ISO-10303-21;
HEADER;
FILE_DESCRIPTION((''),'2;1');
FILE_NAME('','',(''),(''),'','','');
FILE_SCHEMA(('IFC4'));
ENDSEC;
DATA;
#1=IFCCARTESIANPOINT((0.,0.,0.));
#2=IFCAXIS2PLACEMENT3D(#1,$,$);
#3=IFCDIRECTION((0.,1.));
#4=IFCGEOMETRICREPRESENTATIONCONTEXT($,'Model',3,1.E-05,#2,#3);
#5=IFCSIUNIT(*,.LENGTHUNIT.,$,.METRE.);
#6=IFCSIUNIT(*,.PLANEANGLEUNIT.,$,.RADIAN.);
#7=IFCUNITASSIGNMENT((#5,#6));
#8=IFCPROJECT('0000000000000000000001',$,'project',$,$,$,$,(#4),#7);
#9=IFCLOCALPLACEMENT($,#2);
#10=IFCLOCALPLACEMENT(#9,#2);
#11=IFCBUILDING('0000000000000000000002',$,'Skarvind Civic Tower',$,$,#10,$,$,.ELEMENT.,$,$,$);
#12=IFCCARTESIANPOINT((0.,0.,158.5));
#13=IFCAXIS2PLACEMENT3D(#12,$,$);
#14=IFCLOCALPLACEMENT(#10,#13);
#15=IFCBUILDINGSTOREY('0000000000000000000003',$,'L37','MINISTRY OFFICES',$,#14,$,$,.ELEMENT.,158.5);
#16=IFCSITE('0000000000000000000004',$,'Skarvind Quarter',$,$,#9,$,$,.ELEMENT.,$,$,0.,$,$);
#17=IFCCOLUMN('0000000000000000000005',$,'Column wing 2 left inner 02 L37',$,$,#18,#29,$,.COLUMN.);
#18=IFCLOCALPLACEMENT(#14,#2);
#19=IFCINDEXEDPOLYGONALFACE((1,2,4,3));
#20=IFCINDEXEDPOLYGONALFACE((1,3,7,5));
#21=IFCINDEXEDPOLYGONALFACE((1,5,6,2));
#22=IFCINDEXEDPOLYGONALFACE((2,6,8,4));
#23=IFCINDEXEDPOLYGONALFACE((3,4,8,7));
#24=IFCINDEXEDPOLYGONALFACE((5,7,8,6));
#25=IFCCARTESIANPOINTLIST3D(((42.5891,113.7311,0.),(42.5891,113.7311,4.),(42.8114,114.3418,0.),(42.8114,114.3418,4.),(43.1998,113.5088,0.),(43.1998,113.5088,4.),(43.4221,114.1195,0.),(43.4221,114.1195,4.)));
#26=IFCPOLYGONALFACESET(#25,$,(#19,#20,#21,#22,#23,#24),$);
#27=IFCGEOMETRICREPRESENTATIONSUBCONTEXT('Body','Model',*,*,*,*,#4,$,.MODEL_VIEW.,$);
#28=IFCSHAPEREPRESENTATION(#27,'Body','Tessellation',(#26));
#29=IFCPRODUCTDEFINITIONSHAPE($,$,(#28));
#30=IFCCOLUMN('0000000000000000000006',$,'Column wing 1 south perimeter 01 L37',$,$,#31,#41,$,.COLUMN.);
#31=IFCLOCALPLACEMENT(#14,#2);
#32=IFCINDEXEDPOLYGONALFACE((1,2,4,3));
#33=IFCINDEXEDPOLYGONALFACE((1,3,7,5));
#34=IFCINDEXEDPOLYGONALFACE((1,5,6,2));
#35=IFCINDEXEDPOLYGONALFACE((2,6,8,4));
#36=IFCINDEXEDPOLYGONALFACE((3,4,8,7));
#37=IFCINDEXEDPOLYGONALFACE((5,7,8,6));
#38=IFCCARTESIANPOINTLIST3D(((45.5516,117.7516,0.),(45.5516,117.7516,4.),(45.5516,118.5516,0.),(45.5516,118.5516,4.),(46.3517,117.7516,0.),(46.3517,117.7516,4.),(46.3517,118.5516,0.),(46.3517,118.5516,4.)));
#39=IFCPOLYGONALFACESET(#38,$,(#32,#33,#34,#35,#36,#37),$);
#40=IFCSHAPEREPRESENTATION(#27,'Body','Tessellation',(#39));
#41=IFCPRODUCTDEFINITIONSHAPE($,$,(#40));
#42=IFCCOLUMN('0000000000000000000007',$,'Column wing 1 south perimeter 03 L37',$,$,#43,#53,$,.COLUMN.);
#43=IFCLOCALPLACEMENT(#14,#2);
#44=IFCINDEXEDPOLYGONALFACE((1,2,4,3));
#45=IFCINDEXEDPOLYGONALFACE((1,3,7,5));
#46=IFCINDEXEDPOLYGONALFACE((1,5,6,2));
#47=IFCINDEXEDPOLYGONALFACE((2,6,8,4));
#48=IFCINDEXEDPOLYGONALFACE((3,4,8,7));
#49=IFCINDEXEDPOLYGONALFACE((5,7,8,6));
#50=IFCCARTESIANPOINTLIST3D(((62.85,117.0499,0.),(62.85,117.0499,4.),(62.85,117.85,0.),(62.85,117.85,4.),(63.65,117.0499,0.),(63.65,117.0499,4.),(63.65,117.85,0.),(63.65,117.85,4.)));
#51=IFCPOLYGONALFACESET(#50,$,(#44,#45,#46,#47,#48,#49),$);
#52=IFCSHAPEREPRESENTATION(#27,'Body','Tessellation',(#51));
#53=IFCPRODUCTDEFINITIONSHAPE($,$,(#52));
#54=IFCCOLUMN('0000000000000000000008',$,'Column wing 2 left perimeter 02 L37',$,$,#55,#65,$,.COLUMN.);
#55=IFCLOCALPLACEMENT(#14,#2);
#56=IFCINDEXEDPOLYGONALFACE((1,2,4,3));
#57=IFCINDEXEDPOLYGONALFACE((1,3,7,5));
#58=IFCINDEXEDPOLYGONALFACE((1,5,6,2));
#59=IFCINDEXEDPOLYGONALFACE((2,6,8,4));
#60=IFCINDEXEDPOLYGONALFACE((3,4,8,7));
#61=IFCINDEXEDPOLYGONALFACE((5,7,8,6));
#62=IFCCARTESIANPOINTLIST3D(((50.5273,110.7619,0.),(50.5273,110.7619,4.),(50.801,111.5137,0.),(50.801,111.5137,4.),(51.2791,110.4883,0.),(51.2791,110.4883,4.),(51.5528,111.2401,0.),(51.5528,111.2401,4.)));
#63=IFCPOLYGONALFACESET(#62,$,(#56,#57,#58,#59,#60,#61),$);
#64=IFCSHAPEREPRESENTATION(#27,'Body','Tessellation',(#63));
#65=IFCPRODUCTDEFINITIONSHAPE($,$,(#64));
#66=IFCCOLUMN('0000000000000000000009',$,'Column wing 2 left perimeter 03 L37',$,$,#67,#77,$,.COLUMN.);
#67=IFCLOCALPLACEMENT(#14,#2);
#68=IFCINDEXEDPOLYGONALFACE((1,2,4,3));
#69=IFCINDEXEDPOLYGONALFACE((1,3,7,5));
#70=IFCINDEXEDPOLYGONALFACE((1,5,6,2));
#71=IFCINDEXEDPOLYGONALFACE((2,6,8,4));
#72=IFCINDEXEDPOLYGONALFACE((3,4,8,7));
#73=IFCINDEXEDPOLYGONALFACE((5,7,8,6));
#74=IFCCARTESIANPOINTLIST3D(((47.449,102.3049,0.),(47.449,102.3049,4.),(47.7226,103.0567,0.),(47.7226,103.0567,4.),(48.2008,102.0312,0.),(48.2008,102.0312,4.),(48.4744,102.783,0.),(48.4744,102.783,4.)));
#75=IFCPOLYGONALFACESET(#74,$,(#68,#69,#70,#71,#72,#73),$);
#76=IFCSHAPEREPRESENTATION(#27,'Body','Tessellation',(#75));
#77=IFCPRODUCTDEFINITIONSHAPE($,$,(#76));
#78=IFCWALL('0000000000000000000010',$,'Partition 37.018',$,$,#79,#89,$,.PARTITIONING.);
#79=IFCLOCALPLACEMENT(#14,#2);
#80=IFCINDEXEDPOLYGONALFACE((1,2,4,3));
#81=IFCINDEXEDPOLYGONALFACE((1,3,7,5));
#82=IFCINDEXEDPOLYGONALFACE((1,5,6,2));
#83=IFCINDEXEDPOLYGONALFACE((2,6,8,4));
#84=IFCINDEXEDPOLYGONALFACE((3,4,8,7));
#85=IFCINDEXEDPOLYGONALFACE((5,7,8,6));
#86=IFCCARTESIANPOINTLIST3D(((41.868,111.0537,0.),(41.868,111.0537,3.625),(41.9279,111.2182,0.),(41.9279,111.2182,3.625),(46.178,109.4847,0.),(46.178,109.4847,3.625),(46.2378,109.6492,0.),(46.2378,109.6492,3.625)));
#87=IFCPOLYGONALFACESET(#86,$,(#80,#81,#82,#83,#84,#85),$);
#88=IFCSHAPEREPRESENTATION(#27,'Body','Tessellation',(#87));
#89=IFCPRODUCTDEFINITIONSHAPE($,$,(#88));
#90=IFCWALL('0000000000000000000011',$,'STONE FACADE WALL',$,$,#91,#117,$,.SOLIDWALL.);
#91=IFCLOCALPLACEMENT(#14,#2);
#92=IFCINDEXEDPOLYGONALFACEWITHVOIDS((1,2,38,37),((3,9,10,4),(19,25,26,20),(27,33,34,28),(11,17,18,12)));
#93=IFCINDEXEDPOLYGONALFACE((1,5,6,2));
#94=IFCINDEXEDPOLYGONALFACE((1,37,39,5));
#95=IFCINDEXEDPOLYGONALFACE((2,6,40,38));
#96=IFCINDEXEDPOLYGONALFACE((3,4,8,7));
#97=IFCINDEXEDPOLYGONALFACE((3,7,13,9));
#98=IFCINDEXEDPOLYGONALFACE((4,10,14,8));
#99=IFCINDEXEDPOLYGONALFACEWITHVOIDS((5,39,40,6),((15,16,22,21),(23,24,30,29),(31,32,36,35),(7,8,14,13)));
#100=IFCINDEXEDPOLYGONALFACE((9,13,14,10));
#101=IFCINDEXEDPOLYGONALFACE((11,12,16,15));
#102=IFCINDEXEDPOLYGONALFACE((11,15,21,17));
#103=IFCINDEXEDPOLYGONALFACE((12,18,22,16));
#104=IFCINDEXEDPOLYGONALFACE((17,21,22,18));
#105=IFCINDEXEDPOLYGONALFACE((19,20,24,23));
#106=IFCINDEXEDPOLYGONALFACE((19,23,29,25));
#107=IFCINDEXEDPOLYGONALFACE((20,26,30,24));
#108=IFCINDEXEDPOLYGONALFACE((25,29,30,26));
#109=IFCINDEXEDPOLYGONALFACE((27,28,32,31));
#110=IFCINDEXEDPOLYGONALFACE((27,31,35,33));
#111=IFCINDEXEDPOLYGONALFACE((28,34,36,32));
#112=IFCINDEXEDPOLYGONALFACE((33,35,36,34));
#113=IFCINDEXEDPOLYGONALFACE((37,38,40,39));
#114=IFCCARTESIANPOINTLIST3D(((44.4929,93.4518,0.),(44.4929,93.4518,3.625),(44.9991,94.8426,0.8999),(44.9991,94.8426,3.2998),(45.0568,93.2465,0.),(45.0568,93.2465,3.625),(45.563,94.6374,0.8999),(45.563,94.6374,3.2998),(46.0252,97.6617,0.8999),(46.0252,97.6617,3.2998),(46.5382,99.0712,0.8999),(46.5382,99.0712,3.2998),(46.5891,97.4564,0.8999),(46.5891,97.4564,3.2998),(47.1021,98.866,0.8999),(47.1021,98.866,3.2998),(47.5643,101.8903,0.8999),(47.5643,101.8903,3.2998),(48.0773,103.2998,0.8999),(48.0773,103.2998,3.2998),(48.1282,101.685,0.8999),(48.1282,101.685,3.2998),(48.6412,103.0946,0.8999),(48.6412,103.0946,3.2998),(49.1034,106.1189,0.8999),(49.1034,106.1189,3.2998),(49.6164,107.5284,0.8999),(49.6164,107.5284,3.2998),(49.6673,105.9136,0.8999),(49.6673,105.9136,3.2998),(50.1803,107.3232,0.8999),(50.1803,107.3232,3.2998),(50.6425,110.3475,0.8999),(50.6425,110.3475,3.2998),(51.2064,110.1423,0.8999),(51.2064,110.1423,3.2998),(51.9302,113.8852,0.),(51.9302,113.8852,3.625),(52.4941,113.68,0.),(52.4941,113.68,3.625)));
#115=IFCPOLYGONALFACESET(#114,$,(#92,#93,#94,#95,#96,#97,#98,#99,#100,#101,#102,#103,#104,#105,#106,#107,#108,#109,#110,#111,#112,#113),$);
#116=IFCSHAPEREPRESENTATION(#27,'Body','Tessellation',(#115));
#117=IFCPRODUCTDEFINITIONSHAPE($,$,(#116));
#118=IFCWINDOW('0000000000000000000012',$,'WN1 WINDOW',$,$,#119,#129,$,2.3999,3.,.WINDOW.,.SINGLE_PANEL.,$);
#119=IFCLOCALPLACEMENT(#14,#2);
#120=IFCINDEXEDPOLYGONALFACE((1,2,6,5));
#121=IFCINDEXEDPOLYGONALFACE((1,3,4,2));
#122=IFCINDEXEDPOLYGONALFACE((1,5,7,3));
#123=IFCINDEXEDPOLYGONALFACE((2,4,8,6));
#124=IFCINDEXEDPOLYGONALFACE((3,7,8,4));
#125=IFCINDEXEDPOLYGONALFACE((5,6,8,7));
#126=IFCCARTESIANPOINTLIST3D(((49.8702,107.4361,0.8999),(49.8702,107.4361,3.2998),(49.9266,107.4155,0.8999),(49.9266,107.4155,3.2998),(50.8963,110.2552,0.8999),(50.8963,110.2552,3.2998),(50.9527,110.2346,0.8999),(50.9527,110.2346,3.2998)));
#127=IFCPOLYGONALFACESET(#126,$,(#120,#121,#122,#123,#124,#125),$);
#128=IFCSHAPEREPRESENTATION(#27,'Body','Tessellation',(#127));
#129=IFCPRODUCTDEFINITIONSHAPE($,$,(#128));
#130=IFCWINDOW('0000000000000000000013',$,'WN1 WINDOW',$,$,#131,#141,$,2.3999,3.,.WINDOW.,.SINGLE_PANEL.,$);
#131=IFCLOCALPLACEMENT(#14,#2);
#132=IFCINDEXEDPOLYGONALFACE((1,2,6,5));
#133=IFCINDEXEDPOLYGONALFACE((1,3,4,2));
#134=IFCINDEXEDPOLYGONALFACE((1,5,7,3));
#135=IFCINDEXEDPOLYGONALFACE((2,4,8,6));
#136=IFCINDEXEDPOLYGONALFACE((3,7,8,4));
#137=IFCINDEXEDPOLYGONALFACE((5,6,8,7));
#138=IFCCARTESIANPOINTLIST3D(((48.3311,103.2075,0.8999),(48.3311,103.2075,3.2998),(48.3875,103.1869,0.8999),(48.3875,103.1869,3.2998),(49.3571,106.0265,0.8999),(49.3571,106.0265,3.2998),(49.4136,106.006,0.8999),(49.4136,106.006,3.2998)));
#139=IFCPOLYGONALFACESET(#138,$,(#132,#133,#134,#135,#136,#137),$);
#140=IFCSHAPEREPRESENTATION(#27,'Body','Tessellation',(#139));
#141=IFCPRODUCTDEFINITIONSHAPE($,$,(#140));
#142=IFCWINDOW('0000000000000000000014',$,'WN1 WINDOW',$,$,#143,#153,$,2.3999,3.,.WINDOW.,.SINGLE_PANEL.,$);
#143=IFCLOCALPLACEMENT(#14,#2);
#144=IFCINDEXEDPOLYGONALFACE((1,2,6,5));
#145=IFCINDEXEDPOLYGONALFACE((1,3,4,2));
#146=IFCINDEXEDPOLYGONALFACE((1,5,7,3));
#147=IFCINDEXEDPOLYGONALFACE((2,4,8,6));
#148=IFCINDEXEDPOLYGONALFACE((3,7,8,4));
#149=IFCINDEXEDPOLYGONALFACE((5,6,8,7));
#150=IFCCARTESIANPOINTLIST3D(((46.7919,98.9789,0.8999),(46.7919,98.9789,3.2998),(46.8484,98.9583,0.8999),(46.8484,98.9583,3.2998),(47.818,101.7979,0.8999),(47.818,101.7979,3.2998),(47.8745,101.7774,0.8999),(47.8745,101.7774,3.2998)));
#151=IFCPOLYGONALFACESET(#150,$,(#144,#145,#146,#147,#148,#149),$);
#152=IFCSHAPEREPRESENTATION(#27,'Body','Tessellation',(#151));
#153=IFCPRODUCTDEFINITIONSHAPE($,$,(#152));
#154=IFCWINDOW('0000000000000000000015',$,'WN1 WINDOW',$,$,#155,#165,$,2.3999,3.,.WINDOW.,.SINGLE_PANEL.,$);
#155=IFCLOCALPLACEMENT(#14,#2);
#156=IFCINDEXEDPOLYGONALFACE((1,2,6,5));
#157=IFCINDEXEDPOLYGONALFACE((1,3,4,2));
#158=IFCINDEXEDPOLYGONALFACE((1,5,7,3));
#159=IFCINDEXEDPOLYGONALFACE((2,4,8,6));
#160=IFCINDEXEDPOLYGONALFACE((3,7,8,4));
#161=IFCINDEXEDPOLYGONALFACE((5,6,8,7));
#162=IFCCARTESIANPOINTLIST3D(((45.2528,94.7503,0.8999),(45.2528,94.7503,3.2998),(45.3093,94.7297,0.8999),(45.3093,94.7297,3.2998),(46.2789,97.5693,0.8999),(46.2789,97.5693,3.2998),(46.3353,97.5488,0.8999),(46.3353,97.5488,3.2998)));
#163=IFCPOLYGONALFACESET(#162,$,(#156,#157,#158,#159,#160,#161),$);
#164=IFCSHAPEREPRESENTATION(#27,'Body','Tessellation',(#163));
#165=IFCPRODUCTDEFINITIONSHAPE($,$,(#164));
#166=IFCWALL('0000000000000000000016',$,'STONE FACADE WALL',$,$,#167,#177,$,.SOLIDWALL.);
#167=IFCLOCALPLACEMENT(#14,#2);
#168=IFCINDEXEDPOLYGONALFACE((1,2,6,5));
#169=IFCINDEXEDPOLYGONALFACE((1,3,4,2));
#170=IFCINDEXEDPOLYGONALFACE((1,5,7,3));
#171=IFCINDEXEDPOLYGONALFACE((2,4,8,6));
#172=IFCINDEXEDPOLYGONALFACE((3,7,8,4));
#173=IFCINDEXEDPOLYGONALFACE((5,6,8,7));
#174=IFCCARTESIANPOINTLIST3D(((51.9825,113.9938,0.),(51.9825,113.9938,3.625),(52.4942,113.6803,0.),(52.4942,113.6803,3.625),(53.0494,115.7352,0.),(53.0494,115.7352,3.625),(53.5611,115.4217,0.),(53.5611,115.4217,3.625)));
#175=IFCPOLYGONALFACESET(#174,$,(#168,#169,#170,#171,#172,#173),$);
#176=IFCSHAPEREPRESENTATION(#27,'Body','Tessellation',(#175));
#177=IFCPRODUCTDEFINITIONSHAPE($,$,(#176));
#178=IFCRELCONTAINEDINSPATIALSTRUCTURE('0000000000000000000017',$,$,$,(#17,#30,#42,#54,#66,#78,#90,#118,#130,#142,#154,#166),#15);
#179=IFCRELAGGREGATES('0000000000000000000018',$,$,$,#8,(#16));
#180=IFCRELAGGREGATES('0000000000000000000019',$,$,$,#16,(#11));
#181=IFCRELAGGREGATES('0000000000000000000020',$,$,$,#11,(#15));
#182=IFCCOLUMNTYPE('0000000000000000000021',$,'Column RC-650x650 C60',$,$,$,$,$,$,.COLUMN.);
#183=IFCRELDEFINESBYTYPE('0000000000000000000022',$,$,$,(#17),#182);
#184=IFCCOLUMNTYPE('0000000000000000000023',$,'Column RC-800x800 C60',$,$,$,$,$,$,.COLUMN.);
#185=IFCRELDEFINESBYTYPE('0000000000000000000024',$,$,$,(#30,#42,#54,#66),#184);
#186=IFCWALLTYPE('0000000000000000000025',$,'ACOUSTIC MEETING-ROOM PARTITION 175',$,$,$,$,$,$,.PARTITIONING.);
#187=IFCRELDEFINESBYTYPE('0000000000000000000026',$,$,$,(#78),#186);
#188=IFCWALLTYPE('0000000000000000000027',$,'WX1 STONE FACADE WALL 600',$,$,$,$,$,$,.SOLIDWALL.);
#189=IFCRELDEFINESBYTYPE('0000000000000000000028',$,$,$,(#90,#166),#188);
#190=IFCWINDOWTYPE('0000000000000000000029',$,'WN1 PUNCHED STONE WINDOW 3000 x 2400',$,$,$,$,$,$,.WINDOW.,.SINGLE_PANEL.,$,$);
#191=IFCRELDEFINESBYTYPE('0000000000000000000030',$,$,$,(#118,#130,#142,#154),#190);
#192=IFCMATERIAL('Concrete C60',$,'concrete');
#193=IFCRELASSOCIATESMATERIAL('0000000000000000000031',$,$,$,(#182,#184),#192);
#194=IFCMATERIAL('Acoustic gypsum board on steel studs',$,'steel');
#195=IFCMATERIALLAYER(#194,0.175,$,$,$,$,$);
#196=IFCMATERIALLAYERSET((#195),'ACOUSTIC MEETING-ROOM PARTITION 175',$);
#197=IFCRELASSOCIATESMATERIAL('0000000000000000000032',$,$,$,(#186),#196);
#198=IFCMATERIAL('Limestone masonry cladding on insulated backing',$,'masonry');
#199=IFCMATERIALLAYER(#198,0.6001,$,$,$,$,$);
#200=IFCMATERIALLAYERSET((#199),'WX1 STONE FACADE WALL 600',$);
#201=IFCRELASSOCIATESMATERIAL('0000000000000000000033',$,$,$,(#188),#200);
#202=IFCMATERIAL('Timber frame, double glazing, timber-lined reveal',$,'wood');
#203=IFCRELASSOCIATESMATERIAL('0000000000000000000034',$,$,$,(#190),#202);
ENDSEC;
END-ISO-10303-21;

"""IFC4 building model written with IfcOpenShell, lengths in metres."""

from ifc_helpers import new_model, si_unit, direction, frame, frame_2d, origin, origin_2d, place, context, subcontext, project, spatial, rectangle, extrude, material, layer, layer_set, material_profile, profile_set, type_object, element, fill, save


model = new_model("IFC4")

# Units and contexts
model_context = context("Model", 3, precision=1e-05, world=origin(), true_north=direction((0.0, 1.0)))
body_context = subcontext(model_context, "Body", "Model", "MODEL_VIEW")
ifc_project = project(units=[si_unit("LENGTHUNIT", "METRE"), si_unit("PLANEANGLEUNIT", "RADIAN")], contexts=[model_context])

# Site, building, storey
site_placement = place(None, origin())
site = spatial("IfcSite", under=ifc_project, at=site_placement, Name="Skarvind Quarter", CompositionType="ELEMENT", RefElevation=0.0)
building_placement = place(site_placement, origin())
building = spatial("IfcBuilding", under=site, at=building_placement, Name="Skarvind Civic Tower", CompositionType="ELEMENT")
storey_placement = place(building_placement, frame((0.0, 0.0, 158.5)))
storey = spatial("IfcBuildingStorey", under=building, at=storey_placement, Name="L37", Description="MINISTRY OFFICES", CompositionType="ELEMENT", Elevation=158.5)

# Columns
ifc_material_1 = material(Name="Concrete C60", Category="concrete")
ifc_material_profile_1 = material_profile(ifc_material_1, rectangle(XDim=0.6499, YDim=0.6499, at=origin_2d()), Name="RC-650x650")
ifc_profile_set_1 = profile_set([ifc_material_profile_1], Name="Concrete C60")
column_type_1 = type_object("IfcColumnType", Name="Column RC-650x650 C60", PredefinedType="COLUMN", material=ifc_profile_set_1)
column_placement = place(storey_placement, frame((43.0056, 113.9253, 0.0), z_axis=(0.0, 0.0, 1.0), x_axis=(-0.34202, -0.939693, 0.0)))
element("IfcColumn", 1, at=column_placement, inside=storey, type_object=column_type_1, Name="Column wing 2 left inner 02 L37", PredefinedType="COLUMN", context=body_context, shape_type="SweptSolid", body=[
    extrude(rectangle(XDim=0.6499, YDim=0.6499, at=origin_2d()), origin(), (0.0, 0.0, 1.0), 4.0),
])
ifc_material_profile_2 = material_profile(ifc_material_1, rectangle(XDim=0.8, YDim=0.8, at=origin_2d()), Name="RC-800x800")
ifc_profile_set_2 = profile_set([ifc_material_profile_2], Name="Concrete C60")
column_type_2 = type_object("IfcColumnType", Name="Column RC-800x800 C60", PredefinedType="COLUMN", material=ifc_profile_set_2)
for number, where, z_axis, x_axis, name in (
    (2, (45.9517, 118.1516, 0.0), (0.0, 0.0, 1.0), (1.0, 0.0, 0.0), "Column wing 1 south perimeter 01 L37"),
    (3, (63.25, 117.45, 0.0), (0.0, 0.0, 1.0), (1.0, 0.0, 0.0), "Column wing 1 south perimeter 03 L37"),
    (4, (51.04, 111.001, 0.0), (0.0, 0.0, 1.0), (-0.34202, -0.939693, 0.0), "Column wing 2 left perimeter 02 L37"),
    (5, (47.9617, 102.5439, 0.0), (0.0, 0.0, 1.0), (-0.34202, -0.939693, 0.0), "Column wing 2 left perimeter 03 L37"),
):
    element("IfcColumn", number, at=place(storey_placement, frame(where, z_axis=z_axis, x_axis=x_axis)), inside=storey, type_object=column_type_2, Name=name, PredefinedType="COLUMN", context=body_context, shape_type="SweptSolid", body=[
        extrude(rectangle(XDim=0.8, YDim=0.8, at=origin_2d()), origin(), (0.0, 0.0, 1.0), 4.0),
    ])

# Wall
ifc_material_2 = material(Name="Acoustic gypsum board on steel studs", Category="steel")
ifc_layer_1 = layer(ifc_material_2, 0.175)
ifc_layer_set_1 = layer_set([ifc_layer_1], Name="ACOUSTIC MEETING-ROOM PARTITION 175")
wall_type_1 = type_object("IfcWallType", Name="ACOUSTIC MEETING-ROOM PARTITION 175", PredefinedType="PARTITIONING", material=ifc_layer_set_1)
wall_1_placement = place(storey_placement, frame((46.208, 109.5669, 0.0), z_axis=(0.0, 0.0, 1.0), x_axis=(-0.939667, 0.342089, 0.0)))
element("IfcWall", 6, at=wall_1_placement, inside=storey, type_object=wall_type_1, Name="Partition 37.018", PredefinedType="PARTITIONING", context=body_context, shape_type="SweptSolid", body=[
    extrude(rectangle(XDim=4.5867, YDim=0.175, at=frame_2d((2.2935, 0.0))), origin(), (0.0, 0.0, 1.0), 3.625),
])

# Wall, openings, windows
ifc_material_3 = material(Name="Limestone masonry cladding on insulated backing", Category="masonry")
ifc_layer_2 = layer(ifc_material_3, 0.6001)
ifc_layer_set_2 = layer_set([ifc_layer_2], Name="WX1 STONE FACADE WALL 600")
wall_type_2 = type_object("IfcWallType", Name="WX1 STONE FACADE WALL 600", PredefinedType="SOLIDWALL", material=ifc_layer_set_2)
wall_2_placement = place(storey_placement, frame((52.2122, 113.7827, 0.0), z_axis=(0.0, 0.0, 1.0), x_axis=(-0.342025, -0.939691, 0.0)))
wall_2 = element("IfcWall", 7, at=wall_2_placement, inside=storey, type_object=wall_type_2, Name="STONE FACADE WALL", PredefinedType="SOLIDWALL", context=body_context, shape_type="SweptSolid", body=[
    extrude(rectangle(XDim=21.7449, YDim=0.6001, at=frame_2d((10.8726, 0.0))), origin(), (0.0, 0.0, 1.0), 3.625),
])
opening_1_placement = place(wall_2_placement, frame((3.7649, 0.0, 0.8999)))
opening_1 = element("IfcOpeningElement", 8, at=opening_1_placement, cuts=wall_2, PredefinedType="OPENING", context=body_context, shape_type="SweptSolid", body=[
    extrude(rectangle(XDim=3.0, YDim=2.3999, at=frame_2d((1.5, 1.2))), frame((0.0, 0.3101, 0.0), z_axis=(0.0, -1.0, 0.0), x_axis=(1.0, 0.0, 0.0)), (0.0, 0.0, 1.0), 0.6201),
])
opening_2_placement = place(wall_2_placement, frame((8.2649, 0.0, 0.8999)))
opening_2 = element("IfcOpeningElement", 9, at=opening_2_placement, cuts=wall_2, PredefinedType="OPENING", context=body_context, shape_type="SweptSolid", body=[
    extrude(rectangle(XDim=3.0, YDim=2.3999, at=frame_2d((1.5, 1.2))), frame((0.0, 0.3101, 0.0), z_axis=(0.0, -1.0, 0.0), x_axis=(1.0, 0.0, 0.0)), (0.0, 0.0, 1.0), 0.6201),
])
opening_3_placement = place(wall_2_placement, frame((12.7649, 0.0, 0.8999)))
opening_3 = element("IfcOpeningElement", 10, at=opening_3_placement, cuts=wall_2, PredefinedType="OPENING", context=body_context, shape_type="SweptSolid", body=[
    extrude(rectangle(XDim=3.0, YDim=2.3999, at=frame_2d((1.5, 1.2))), frame((0.0, 0.3101, 0.0), z_axis=(0.0, -1.0, 0.0), x_axis=(1.0, 0.0, 0.0)), (0.0, 0.0, 1.0), 0.6201),
])
opening_4_placement = place(wall_2_placement, frame((17.2649, 0.0, 0.8999)))
opening_4 = element("IfcOpeningElement", 11, at=opening_4_placement, cuts=wall_2, PredefinedType="OPENING", context=body_context, shape_type="SweptSolid", body=[
    extrude(rectangle(XDim=3.0, YDim=2.3999, at=frame_2d((1.5, 1.2))), frame((0.0, 0.3101, 0.0), z_axis=(0.0, -1.0, 0.0), x_axis=(1.0, 0.0, 0.0)), (0.0, 0.0, 1.0), 0.6201),
])
ifc_material_4 = material(Name="Timber frame, double glazing, timber-lined reveal", Category="wood")
window_type = type_object("IfcWindowType", Name="WN1 PUNCHED STONE WINDOW 3000 x 2400", PartitioningType="SINGLE_PANEL", PredefinedType="WINDOW", material=ifc_material_4)
window_1_placement = place(opening_1_placement, origin())
window_1 = element("IfcWindow", 12, at=window_1_placement, inside=storey, type_object=window_type, Name="WN1 WINDOW", OverallHeight=2.3999, OverallWidth=3.0, PartitioningType="SINGLE_PANEL", PredefinedType="WINDOW", context=body_context, shape_type="SweptSolid", body=[
    extrude(rectangle(XDim=3.0, YDim=2.3999, at=frame_2d((1.5, 1.2))), frame((0.0, 0.03, 0.0), z_axis=(0.0, -1.0, 0.0), x_axis=(1.0, 0.0, 0.0)), (0.0, 0.0, 1.0), 0.0601),
])
fill(opening_1, window_1)
window_2_placement = place(opening_2_placement, origin())
window_2 = element("IfcWindow", 13, at=window_2_placement, inside=storey, type_object=window_type, Name="WN1 WINDOW", OverallHeight=2.3999, OverallWidth=3.0, PartitioningType="SINGLE_PANEL", PredefinedType="WINDOW", context=body_context, shape_type="SweptSolid", body=[
    extrude(rectangle(XDim=3.0, YDim=2.3999, at=frame_2d((1.5, 1.2))), frame((0.0, 0.03, 0.0), z_axis=(0.0, -1.0, 0.0), x_axis=(1.0, 0.0, 0.0)), (0.0, 0.0, 1.0), 0.0601),
])
fill(opening_2, window_2)
window_3_placement = place(opening_3_placement, origin())
window_3 = element("IfcWindow", 14, at=window_3_placement, inside=storey, type_object=window_type, Name="WN1 WINDOW", OverallHeight=2.3999, OverallWidth=3.0, PartitioningType="SINGLE_PANEL", PredefinedType="WINDOW", context=body_context, shape_type="SweptSolid", body=[
    extrude(rectangle(XDim=3.0, YDim=2.3999, at=frame_2d((1.5, 1.2))), frame((0.0, 0.03, 0.0), z_axis=(0.0, -1.0, 0.0), x_axis=(1.0, 0.0, 0.0)), (0.0, 0.0, 1.0), 0.0601),
])
fill(opening_3, window_3)
window_4_placement = place(opening_4_placement, origin())
window_4 = element("IfcWindow", 15, at=window_4_placement, inside=storey, type_object=window_type, Name="WN1 WINDOW", OverallHeight=2.3999, OverallWidth=3.0, PartitioningType="SINGLE_PANEL", PredefinedType="WINDOW", context=body_context, shape_type="SweptSolid", body=[
    extrude(rectangle(XDim=3.0, YDim=2.3999, at=frame_2d((1.5, 1.2))), frame((0.0, 0.03, 0.0), z_axis=(0.0, -1.0, 0.0), x_axis=(1.0, 0.0, 0.0)), (0.0, 0.0, 1.0), 0.0601),
])
fill(opening_4, window_4)

# Wall
wall_3_placement = place(storey_placement, frame((53.3052, 115.5784, 0.0), z_axis=(0.0, 0.0, 1.0), x_axis=(-0.522402, -0.852699, 0.0)))
element("IfcWall", 16, at=wall_3_placement, inside=storey, type_object=wall_type_2, Name="STONE FACADE WALL", PredefinedType="SOLIDWALL", context=body_context, shape_type="SweptSolid", body=[
    extrude(rectangle(XDim=2.0422, YDim=0.6001, at=frame_2d((1.021, 0.0))), origin(), (0.0, 0.0, 1.0), 3.625),
])

save(model, "model.ifc")
